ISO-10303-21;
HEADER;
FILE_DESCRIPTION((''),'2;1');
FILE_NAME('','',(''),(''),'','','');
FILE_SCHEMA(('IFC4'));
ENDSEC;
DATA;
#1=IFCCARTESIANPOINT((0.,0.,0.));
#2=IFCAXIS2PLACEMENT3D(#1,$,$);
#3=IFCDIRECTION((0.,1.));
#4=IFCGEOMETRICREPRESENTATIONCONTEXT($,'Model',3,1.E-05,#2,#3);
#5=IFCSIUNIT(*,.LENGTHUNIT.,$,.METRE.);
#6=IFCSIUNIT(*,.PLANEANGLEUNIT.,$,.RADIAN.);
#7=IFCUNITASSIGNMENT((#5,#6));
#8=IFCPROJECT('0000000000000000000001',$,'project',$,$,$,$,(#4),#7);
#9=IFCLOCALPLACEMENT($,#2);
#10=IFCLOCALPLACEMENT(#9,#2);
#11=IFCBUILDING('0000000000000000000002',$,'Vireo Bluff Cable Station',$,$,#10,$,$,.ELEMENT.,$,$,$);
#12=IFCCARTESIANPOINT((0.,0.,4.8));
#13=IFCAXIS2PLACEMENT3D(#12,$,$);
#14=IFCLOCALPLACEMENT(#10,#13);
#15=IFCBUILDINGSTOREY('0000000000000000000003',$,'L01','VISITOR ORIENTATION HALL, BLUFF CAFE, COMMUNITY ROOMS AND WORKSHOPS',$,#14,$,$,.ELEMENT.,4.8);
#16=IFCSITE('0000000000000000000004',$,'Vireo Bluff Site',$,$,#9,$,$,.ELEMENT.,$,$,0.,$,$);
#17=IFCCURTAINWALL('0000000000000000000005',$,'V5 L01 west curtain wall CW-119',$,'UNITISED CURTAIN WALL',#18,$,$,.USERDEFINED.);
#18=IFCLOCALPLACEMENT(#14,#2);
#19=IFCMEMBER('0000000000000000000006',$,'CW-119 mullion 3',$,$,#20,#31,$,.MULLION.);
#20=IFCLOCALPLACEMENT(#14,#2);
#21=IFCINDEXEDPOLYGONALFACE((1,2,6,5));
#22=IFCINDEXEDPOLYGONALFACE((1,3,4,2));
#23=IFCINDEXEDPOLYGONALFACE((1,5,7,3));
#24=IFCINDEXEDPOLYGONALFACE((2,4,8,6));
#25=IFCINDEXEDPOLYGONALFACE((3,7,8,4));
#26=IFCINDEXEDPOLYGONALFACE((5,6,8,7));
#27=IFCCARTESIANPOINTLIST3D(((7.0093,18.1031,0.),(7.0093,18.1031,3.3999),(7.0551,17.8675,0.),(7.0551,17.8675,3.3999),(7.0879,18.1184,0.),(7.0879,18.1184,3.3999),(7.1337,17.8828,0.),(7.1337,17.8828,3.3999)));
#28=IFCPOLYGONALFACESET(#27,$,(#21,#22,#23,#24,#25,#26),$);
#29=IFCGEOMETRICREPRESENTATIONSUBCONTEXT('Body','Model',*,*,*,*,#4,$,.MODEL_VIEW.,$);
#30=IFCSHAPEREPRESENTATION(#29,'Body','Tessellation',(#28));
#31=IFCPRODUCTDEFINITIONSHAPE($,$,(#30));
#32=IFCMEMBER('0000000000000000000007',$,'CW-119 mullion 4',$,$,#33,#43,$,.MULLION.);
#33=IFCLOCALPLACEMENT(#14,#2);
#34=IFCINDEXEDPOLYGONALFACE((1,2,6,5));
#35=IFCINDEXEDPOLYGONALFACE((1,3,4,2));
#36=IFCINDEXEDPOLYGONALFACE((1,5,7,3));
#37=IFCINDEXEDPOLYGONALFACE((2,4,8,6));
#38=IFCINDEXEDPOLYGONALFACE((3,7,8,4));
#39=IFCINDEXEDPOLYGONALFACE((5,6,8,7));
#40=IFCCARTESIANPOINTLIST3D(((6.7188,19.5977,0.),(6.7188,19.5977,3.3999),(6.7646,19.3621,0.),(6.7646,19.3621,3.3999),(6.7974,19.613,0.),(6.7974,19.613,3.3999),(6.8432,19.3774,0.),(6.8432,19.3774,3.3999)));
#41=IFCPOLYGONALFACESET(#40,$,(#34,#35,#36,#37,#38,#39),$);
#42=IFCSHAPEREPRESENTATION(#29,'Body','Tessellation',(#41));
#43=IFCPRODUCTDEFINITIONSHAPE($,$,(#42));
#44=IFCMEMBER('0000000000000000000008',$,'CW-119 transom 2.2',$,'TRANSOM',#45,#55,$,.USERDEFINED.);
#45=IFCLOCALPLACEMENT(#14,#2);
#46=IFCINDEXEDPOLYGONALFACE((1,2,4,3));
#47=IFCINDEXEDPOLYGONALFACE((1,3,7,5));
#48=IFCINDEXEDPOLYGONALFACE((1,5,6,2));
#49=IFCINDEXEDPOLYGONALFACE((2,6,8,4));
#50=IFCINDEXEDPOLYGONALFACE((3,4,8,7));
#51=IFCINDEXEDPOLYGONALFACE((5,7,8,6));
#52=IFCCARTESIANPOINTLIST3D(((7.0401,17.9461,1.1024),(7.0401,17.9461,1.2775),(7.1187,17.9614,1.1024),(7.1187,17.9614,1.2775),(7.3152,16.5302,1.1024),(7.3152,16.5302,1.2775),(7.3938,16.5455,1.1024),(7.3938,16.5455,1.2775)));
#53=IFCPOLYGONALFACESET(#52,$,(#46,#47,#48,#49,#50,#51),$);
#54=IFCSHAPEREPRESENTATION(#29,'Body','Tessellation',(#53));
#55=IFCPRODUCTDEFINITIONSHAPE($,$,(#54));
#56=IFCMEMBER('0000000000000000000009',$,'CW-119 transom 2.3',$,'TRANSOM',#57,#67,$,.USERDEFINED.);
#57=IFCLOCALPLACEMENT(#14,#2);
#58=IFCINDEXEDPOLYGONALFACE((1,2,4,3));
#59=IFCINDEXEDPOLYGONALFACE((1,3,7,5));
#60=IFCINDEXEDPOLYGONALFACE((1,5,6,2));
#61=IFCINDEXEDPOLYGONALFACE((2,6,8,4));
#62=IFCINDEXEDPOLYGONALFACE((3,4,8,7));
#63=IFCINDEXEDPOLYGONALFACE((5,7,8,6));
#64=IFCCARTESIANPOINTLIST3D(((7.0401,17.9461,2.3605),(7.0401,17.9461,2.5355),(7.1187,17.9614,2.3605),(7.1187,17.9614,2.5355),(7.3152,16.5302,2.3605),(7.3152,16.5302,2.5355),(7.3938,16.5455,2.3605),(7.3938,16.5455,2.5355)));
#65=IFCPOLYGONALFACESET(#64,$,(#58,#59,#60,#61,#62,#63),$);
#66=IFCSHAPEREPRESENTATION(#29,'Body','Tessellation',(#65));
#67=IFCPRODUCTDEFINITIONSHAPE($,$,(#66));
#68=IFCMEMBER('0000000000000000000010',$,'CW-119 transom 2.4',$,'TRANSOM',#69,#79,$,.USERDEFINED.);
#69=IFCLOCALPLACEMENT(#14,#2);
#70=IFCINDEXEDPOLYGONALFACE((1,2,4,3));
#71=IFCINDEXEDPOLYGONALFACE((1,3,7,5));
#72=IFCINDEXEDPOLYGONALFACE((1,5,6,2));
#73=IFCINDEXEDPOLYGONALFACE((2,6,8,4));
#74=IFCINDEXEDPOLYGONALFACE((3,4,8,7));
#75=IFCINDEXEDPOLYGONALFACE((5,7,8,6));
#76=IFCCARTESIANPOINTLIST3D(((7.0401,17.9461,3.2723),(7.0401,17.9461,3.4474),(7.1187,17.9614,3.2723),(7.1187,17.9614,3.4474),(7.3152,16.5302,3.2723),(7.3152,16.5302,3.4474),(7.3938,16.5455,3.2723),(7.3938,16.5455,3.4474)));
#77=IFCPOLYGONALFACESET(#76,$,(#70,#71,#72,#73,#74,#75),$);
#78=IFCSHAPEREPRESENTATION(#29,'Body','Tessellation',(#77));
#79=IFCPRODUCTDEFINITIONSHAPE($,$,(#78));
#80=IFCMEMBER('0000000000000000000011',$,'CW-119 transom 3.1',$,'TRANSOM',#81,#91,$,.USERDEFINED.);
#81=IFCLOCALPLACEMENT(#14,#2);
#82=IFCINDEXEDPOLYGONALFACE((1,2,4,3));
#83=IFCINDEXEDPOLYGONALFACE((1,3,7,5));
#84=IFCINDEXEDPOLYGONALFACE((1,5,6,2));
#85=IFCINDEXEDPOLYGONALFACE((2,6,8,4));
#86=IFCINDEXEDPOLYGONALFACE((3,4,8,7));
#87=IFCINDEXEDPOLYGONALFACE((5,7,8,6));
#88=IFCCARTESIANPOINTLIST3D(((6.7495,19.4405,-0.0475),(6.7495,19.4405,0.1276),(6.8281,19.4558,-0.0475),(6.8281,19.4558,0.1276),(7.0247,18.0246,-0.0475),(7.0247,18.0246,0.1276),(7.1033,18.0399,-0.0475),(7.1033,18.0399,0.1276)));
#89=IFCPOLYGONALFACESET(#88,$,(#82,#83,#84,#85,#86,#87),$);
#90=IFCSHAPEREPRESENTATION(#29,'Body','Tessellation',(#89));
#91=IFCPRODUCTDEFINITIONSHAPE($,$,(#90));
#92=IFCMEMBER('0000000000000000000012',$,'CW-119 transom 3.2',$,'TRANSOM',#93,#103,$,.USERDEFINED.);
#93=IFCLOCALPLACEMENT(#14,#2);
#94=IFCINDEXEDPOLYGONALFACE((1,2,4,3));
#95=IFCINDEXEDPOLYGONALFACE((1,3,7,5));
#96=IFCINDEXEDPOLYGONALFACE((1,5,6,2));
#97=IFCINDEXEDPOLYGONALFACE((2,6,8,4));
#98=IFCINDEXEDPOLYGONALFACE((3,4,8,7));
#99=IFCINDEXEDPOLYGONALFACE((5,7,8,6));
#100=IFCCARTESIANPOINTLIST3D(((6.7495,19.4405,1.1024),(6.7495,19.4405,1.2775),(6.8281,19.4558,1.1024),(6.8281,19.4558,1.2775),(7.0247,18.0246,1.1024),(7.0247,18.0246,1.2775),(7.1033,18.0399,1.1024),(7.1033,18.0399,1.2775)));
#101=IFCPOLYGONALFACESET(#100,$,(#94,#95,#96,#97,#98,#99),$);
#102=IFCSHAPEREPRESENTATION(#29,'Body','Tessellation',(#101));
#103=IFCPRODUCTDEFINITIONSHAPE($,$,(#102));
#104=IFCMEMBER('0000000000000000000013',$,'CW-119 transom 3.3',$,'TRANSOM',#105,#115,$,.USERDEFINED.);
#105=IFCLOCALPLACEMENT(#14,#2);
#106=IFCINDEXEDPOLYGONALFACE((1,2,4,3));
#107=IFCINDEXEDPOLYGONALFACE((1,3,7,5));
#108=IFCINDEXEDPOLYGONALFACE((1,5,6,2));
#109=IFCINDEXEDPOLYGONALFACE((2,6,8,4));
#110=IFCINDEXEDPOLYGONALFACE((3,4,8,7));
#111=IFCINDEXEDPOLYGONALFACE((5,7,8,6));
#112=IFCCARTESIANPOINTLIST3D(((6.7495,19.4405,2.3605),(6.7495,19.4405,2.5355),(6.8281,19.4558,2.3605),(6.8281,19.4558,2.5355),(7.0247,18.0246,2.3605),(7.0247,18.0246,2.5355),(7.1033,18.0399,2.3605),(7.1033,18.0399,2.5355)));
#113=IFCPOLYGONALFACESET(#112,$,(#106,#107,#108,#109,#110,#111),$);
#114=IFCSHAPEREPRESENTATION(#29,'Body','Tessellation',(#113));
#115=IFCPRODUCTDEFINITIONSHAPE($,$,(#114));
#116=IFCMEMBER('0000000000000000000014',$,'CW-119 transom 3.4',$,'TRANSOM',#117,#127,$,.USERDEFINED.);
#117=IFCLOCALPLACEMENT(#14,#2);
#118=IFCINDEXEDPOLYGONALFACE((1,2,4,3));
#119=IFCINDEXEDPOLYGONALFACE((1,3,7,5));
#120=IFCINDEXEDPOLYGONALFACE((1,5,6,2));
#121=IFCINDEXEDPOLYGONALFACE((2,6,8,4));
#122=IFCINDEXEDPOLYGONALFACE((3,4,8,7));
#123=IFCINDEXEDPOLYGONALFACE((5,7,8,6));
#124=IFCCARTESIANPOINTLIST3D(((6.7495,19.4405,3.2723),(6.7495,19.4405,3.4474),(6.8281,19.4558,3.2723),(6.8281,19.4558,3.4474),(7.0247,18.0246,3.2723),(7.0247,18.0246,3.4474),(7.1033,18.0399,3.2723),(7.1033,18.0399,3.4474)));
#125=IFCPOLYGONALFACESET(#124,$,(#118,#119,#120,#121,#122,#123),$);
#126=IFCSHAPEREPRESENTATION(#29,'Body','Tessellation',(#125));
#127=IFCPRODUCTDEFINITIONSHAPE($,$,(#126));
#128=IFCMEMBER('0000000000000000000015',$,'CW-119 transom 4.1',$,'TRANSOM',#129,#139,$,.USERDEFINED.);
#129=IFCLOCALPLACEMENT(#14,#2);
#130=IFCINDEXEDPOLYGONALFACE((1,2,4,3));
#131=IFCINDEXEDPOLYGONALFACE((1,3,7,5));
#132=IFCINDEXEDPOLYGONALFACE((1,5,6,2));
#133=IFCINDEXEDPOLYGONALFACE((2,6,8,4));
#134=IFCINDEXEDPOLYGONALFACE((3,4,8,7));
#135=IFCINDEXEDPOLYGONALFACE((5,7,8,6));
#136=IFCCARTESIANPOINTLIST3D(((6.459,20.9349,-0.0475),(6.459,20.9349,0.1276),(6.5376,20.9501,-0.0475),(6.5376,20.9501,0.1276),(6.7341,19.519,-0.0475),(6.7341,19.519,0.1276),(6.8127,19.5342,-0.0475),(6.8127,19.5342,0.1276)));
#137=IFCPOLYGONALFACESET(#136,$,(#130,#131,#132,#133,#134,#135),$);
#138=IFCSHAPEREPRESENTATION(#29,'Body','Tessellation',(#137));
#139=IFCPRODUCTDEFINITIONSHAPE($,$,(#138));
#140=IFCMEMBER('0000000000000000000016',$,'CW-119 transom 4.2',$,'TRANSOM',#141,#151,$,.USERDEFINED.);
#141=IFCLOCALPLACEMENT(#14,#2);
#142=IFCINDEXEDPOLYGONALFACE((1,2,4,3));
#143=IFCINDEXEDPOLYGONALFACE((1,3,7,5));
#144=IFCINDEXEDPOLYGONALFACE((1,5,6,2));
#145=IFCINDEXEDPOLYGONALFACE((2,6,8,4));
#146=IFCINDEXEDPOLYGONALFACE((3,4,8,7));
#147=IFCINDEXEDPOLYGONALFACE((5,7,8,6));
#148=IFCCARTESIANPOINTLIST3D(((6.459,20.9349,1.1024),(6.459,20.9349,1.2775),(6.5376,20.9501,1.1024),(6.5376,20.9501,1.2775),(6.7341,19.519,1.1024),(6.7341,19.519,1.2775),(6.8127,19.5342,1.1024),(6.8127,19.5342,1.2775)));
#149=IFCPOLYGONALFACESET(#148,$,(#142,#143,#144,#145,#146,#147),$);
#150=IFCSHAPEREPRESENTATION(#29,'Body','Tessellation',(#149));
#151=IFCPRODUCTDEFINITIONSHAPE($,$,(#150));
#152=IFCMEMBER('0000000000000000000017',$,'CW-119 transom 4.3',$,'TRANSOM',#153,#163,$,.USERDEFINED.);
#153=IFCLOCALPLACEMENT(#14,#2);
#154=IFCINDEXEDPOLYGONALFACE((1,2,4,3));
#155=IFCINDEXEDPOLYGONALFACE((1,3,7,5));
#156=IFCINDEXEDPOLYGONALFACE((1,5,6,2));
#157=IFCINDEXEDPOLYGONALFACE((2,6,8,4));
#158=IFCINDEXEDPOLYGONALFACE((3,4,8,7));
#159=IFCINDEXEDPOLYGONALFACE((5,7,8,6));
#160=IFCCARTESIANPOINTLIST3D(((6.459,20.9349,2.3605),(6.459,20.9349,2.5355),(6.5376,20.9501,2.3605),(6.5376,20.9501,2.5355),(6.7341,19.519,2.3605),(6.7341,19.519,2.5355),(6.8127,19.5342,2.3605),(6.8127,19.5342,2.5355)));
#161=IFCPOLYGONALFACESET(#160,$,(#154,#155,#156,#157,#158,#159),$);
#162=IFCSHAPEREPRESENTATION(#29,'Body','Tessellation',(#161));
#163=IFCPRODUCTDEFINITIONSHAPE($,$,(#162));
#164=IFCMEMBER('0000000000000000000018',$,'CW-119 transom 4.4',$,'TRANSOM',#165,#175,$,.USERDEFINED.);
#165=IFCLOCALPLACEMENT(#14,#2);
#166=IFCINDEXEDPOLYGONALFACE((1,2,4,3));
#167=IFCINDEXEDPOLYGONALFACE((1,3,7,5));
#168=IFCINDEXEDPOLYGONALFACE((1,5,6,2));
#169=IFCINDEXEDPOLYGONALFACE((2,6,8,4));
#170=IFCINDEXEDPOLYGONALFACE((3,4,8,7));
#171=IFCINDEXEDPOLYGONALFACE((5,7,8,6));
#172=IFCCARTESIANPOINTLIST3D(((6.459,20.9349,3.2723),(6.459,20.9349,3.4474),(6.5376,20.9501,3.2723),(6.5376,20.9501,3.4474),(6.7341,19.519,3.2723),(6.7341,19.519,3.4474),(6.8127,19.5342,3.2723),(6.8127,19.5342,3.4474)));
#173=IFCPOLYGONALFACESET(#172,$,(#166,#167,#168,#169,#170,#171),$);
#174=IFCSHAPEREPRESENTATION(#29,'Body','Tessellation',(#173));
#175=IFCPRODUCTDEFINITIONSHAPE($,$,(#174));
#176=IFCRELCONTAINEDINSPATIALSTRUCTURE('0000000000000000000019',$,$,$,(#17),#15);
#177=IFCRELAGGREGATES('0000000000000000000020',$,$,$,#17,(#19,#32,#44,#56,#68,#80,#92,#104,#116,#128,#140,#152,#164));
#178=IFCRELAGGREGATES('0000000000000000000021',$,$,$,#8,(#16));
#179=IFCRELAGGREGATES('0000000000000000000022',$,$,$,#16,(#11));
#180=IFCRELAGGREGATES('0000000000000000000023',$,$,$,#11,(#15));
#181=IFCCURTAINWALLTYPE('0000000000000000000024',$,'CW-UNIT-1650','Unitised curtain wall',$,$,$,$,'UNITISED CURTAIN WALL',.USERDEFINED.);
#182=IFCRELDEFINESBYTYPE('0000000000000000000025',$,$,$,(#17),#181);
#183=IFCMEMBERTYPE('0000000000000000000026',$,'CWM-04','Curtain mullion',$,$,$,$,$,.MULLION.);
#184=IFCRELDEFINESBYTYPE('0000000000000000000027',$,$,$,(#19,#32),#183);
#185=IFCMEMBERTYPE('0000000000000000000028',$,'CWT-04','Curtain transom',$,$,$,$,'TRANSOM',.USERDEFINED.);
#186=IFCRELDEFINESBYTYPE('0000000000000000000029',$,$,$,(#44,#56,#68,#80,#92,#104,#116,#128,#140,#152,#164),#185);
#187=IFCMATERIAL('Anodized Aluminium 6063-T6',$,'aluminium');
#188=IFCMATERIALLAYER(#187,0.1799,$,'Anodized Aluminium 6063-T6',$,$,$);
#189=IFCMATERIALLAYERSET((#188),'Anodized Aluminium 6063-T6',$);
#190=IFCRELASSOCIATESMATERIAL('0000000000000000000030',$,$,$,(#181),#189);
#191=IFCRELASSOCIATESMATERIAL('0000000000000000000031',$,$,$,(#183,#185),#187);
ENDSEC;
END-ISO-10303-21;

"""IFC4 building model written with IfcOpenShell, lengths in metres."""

from ifc_helpers import new_model, si_unit, direction, frame, origin, origin_2d, place, context, subcontext, project, spatial, rectangle, extrude, material, layer, layer_set, material_profile, profile_set, type_object, element, aggregate, save


model = new_model("IFC4")

# Units and contexts
model_context = context("Model", 3, precision=1e-05, world=origin(), true_north=direction((0.0, 1.0)))
body_context = subcontext(model_context, "Body", "Model", "MODEL_VIEW")
ifc_project = project(units=[si_unit("LENGTHUNIT", "METRE"), si_unit("PLANEANGLEUNIT", "RADIAN")], contexts=[model_context])

# Site, building, storey
site_placement = place(None, origin())
site = spatial("IfcSite", under=ifc_project, at=site_placement, Name="Vireo Bluff Site", CompositionType="ELEMENT", RefElevation=0.0)
building_placement = place(site_placement, origin())
building = spatial("IfcBuilding", under=site, at=building_placement, Name="Vireo Bluff Cable Station", CompositionType="ELEMENT")
storey_placement = place(building_placement, frame((0.0, 0.0, 4.8)))
storey = spatial("IfcBuildingStorey", under=building, at=storey_placement, Name="L01", Description="VISITOR ORIENTATION HALL, BLUFF CAFE, COMMUNITY ROOMS AND WORKSHOPS", CompositionType="ELEMENT", Elevation=4.8)

# Curtain wall, members
ifc_material_1 = material(Name="Anodized Aluminium 6063-T6", Category="aluminium")
ifc_layer_1 = layer(ifc_material_1, 0.1799, Name="Anodized Aluminium 6063-T6")
ifc_layer_set_1 = layer_set([ifc_layer_1], Name="Anodized Aluminium 6063-T6")
curtain_wall_type = type_object("IfcCurtainWallType", Name="CW-UNIT-1650", Description="Unitised curtain wall", ElementType="UNITISED CURTAIN WALL", PredefinedType="USERDEFINED", material=ifc_layer_set_1)
curtain_wall_placement = place(storey_placement, origin())
curtain_wall = element("IfcCurtainWall", 1, at=curtain_wall_placement, inside=storey, type_object=curtain_wall_type, Name="V5 L01 west curtain wall CW-119", ObjectType="UNITISED CURTAIN WALL", PredefinedType="USERDEFINED")
ifc_material_profile_1 = material_profile(ifc_material_1, rectangle(XDim=0.0801, YDim=0.24, at=origin_2d()), Name="ALU-M-80X240")
ifc_profile_set_1 = profile_set([ifc_material_profile_1], Name="Anodized Aluminium 6063-T6")
member_type_1 = type_object("IfcMemberType", Name="CWM-04", Description="Curtain mullion", PredefinedType="MULLION", material=ifc_profile_set_1)
member_1_placement = place(storey_placement, frame((7.0715, 17.9929, 0.0), z_axis=(0.0, 0.0, 1.0), x_axis=(-0.981627, -0.190809, 0.0)))
member_1 = element("IfcMember", 2, at=member_1_placement, type_object=member_type_1, Name="CW-119 mullion 3", PredefinedType="MULLION", context=body_context, shape_type="SweptSolid", body=[
    extrude(rectangle(XDim=0.0801, YDim=0.24, at=origin_2d()), origin(), (0.0, 0.0, 1.0), 3.3999),
])
member_2_placement = place(storey_placement, frame((6.781, 19.4875, 0.0), z_axis=(0.0, 0.0, 1.0), x_axis=(-0.981627, -0.190809, 0.0)))
member_2 = element("IfcMember", 3, at=member_2_placement, type_object=member_type_1, Name="CW-119 mullion 4", PredefinedType="MULLION", context=body_context, shape_type="SweptSolid", body=[
    extrude(rectangle(XDim=0.0801, YDim=0.24, at=origin_2d()), origin(), (0.0, 0.0, 1.0), 3.3999),
])
ifc_material_profile_2 = material_profile(ifc_material_1, rectangle(XDim=0.0801, YDim=0.175, at=origin_2d()), Name="ALU-T-80X175")
ifc_profile_set_2 = profile_set([ifc_material_profile_2], Name="Anodized Aluminium 6063-T6")
member_type_2 = type_object("IfcMemberType", Name="CWT-04", Description="Curtain transom", ElementType="TRANSOM", PredefinedType="USERDEFINED", material=ifc_profile_set_2)
member_3_placement = place(storey_placement, frame((7.3545, 16.5378, 1.1899), z_axis=(-0.190743, 0.98164, 0.0), x_axis=(-0.98164, -0.190743, 0.0)))
member_3 = element("IfcMember", 4, at=member_3_placement, type_object=member_type_2, Name="CW-119 transom 2.2", ObjectType="TRANSOM", PredefinedType="USERDEFINED", context=body_context, shape_type="SweptSolid", body=[
    extrude(rectangle(XDim=0.0801, YDim=0.175, at=origin_2d()), origin(), (0.0, 0.0, 1.0), 1.4424),
])
member_4_placement = place(storey_placement, frame((7.3545, 16.5378, 2.448), z_axis=(-0.190743, 0.98164, 0.0), x_axis=(-0.98164, -0.190743, 0.0)))
member_4 = element("IfcMember", 5, at=member_4_placement, type_object=member_type_2, Name="CW-119 transom 2.3", ObjectType="TRANSOM", PredefinedType="USERDEFINED", context=body_context, shape_type="SweptSolid", body=[
    extrude(rectangle(XDim=0.0801, YDim=0.175, at=origin_2d()), origin(), (0.0, 0.0, 1.0), 1.4424),
])
member_5_placement = place(storey_placement, frame((7.3545, 16.5378, 3.3599), z_axis=(-0.190743, 0.98164, 0.0), x_axis=(-0.98164, -0.190743, 0.0)))
member_5 = element("IfcMember", 6, at=member_5_placement, type_object=member_type_2, Name="CW-119 transom 2.4", ObjectType="TRANSOM", PredefinedType="USERDEFINED", context=body_context, shape_type="SweptSolid", body=[
    extrude(rectangle(XDim=0.0801, YDim=0.175, at=origin_2d()), origin(), (0.0, 0.0, 1.0), 1.4424),
])
member_6_placement = place(storey_placement, frame((7.064, 18.0322, 0.04), z_axis=(-0.190743, 0.98164, 0.0), x_axis=(-0.98164, -0.190743, 0.0)))
member_6 = element("IfcMember", 7, at=member_6_placement, type_object=member_type_2, Name="CW-119 transom 3.1", ObjectType="TRANSOM", PredefinedType="USERDEFINED", context=body_context, shape_type="SweptSolid", body=[
    extrude(rectangle(XDim=0.0801, YDim=0.175, at=origin_2d()), origin(), (0.0, 0.0, 1.0), 1.4424),
])
member_7_placement = place(storey_placement, frame((7.064, 18.0322, 1.1899), z_axis=(-0.190743, 0.98164, 0.0), x_axis=(-0.98164, -0.190743, 0.0)))
member_7 = element("IfcMember", 8, at=member_7_placement, type_object=member_type_2, Name="CW-119 transom 3.2", ObjectType="TRANSOM", PredefinedType="USERDEFINED", context=body_context, shape_type="SweptSolid", body=[
    extrude(rectangle(XDim=0.0801, YDim=0.175, at=origin_2d()), origin(), (0.0, 0.0, 1.0), 1.4424),
])
member_8_placement = place(storey_placement, frame((7.064, 18.0322, 2.448), z_axis=(-0.190743, 0.98164, 0.0), x_axis=(-0.98164, -0.190743, 0.0)))
member_8 = element("IfcMember", 9, at=member_8_placement, type_object=member_type_2, Name="CW-119 transom 3.3", ObjectType="TRANSOM", PredefinedType="USERDEFINED", context=body_context, shape_type="SweptSolid", body=[
    extrude(rectangle(XDim=0.0801, YDim=0.175, at=origin_2d()), origin(), (0.0, 0.0, 1.0), 1.4424),
])
member_9_placement = place(storey_placement, frame((7.064, 18.0322, 3.3599), z_axis=(-0.190743, 0.98164, 0.0), x_axis=(-0.98164, -0.190743, 0.0)))
member_9 = element("IfcMember", 10, at=member_9_placement, type_object=member_type_2, Name="CW-119 transom 3.4", ObjectType="TRANSOM", PredefinedType="USERDEFINED", context=body_context, shape_type="SweptSolid", body=[
    extrude(rectangle(XDim=0.0801, YDim=0.175, at=origin_2d()), origin(), (0.0, 0.0, 1.0), 1.4424),
])
member_10_placement = place(storey_placement, frame((6.7734, 19.5266, 0.04), z_axis=(-0.190743, 0.98164, 0.0), x_axis=(-0.98164, -0.190743, 0.0)))
member_10 = element("IfcMember", 11, at=member_10_placement, type_object=member_type_2, Name="CW-119 transom 4.1", ObjectType="TRANSOM", PredefinedType="USERDEFINED", context=body_context, shape_type="SweptSolid", body=[
    extrude(rectangle(XDim=0.0801, YDim=0.175, at=origin_2d()), origin(), (0.0, 0.0, 1.0), 1.4424),
])
member_11_placement = place(storey_placement, frame((6.7734, 19.5266, 1.1899), z_axis=(-0.190743, 0.98164, 0.0), x_axis=(-0.98164, -0.190743, 0.0)))
member_11 = element("IfcMember", 12, at=member_11_placement, type_object=member_type_2, Name="CW-119 transom 4.2", ObjectType="TRANSOM", PredefinedType="USERDEFINED", context=body_context, shape_type="SweptSolid", body=[
    extrude(rectangle(XDim=0.0801, YDim=0.175, at=origin_2d()), origin(), (0.0, 0.0, 1.0), 1.4424),
])
member_12_placement = place(storey_placement, frame((6.7734, 19.5266, 2.448), z_axis=(-0.190743, 0.98164, 0.0), x_axis=(-0.98164, -0.190743, 0.0)))
member_12 = element("IfcMember", 13, at=member_12_placement, type_object=member_type_2, Name="CW-119 transom 4.3", ObjectType="TRANSOM", PredefinedType="USERDEFINED", context=body_context, shape_type="SweptSolid", body=[
    extrude(rectangle(XDim=0.0801, YDim=0.175, at=origin_2d()), origin(), (0.0, 0.0, 1.0), 1.4424),
])
member_13_placement = place(storey_placement, frame((6.7734, 19.5266, 3.3599), z_axis=(-0.190743, 0.98164, 0.0), x_axis=(-0.98164, -0.190743, 0.0)))
member_13 = element("IfcMember", 14, at=member_13_placement, type_object=member_type_2, Name="CW-119 transom 4.4", ObjectType="TRANSOM", PredefinedType="USERDEFINED", context=body_context, shape_type="SweptSolid", body=[
    extrude(rectangle(XDim=0.0801, YDim=0.175, at=origin_2d()), origin(), (0.0, 0.0, 1.0), 1.4424),
])

aggregate(curtain_wall, [member_1, member_2, member_3, member_4, member_5, member_6, member_7, member_8, member_9, member_10, member_11, member_12, member_13])

save(model, "model.ifc")
